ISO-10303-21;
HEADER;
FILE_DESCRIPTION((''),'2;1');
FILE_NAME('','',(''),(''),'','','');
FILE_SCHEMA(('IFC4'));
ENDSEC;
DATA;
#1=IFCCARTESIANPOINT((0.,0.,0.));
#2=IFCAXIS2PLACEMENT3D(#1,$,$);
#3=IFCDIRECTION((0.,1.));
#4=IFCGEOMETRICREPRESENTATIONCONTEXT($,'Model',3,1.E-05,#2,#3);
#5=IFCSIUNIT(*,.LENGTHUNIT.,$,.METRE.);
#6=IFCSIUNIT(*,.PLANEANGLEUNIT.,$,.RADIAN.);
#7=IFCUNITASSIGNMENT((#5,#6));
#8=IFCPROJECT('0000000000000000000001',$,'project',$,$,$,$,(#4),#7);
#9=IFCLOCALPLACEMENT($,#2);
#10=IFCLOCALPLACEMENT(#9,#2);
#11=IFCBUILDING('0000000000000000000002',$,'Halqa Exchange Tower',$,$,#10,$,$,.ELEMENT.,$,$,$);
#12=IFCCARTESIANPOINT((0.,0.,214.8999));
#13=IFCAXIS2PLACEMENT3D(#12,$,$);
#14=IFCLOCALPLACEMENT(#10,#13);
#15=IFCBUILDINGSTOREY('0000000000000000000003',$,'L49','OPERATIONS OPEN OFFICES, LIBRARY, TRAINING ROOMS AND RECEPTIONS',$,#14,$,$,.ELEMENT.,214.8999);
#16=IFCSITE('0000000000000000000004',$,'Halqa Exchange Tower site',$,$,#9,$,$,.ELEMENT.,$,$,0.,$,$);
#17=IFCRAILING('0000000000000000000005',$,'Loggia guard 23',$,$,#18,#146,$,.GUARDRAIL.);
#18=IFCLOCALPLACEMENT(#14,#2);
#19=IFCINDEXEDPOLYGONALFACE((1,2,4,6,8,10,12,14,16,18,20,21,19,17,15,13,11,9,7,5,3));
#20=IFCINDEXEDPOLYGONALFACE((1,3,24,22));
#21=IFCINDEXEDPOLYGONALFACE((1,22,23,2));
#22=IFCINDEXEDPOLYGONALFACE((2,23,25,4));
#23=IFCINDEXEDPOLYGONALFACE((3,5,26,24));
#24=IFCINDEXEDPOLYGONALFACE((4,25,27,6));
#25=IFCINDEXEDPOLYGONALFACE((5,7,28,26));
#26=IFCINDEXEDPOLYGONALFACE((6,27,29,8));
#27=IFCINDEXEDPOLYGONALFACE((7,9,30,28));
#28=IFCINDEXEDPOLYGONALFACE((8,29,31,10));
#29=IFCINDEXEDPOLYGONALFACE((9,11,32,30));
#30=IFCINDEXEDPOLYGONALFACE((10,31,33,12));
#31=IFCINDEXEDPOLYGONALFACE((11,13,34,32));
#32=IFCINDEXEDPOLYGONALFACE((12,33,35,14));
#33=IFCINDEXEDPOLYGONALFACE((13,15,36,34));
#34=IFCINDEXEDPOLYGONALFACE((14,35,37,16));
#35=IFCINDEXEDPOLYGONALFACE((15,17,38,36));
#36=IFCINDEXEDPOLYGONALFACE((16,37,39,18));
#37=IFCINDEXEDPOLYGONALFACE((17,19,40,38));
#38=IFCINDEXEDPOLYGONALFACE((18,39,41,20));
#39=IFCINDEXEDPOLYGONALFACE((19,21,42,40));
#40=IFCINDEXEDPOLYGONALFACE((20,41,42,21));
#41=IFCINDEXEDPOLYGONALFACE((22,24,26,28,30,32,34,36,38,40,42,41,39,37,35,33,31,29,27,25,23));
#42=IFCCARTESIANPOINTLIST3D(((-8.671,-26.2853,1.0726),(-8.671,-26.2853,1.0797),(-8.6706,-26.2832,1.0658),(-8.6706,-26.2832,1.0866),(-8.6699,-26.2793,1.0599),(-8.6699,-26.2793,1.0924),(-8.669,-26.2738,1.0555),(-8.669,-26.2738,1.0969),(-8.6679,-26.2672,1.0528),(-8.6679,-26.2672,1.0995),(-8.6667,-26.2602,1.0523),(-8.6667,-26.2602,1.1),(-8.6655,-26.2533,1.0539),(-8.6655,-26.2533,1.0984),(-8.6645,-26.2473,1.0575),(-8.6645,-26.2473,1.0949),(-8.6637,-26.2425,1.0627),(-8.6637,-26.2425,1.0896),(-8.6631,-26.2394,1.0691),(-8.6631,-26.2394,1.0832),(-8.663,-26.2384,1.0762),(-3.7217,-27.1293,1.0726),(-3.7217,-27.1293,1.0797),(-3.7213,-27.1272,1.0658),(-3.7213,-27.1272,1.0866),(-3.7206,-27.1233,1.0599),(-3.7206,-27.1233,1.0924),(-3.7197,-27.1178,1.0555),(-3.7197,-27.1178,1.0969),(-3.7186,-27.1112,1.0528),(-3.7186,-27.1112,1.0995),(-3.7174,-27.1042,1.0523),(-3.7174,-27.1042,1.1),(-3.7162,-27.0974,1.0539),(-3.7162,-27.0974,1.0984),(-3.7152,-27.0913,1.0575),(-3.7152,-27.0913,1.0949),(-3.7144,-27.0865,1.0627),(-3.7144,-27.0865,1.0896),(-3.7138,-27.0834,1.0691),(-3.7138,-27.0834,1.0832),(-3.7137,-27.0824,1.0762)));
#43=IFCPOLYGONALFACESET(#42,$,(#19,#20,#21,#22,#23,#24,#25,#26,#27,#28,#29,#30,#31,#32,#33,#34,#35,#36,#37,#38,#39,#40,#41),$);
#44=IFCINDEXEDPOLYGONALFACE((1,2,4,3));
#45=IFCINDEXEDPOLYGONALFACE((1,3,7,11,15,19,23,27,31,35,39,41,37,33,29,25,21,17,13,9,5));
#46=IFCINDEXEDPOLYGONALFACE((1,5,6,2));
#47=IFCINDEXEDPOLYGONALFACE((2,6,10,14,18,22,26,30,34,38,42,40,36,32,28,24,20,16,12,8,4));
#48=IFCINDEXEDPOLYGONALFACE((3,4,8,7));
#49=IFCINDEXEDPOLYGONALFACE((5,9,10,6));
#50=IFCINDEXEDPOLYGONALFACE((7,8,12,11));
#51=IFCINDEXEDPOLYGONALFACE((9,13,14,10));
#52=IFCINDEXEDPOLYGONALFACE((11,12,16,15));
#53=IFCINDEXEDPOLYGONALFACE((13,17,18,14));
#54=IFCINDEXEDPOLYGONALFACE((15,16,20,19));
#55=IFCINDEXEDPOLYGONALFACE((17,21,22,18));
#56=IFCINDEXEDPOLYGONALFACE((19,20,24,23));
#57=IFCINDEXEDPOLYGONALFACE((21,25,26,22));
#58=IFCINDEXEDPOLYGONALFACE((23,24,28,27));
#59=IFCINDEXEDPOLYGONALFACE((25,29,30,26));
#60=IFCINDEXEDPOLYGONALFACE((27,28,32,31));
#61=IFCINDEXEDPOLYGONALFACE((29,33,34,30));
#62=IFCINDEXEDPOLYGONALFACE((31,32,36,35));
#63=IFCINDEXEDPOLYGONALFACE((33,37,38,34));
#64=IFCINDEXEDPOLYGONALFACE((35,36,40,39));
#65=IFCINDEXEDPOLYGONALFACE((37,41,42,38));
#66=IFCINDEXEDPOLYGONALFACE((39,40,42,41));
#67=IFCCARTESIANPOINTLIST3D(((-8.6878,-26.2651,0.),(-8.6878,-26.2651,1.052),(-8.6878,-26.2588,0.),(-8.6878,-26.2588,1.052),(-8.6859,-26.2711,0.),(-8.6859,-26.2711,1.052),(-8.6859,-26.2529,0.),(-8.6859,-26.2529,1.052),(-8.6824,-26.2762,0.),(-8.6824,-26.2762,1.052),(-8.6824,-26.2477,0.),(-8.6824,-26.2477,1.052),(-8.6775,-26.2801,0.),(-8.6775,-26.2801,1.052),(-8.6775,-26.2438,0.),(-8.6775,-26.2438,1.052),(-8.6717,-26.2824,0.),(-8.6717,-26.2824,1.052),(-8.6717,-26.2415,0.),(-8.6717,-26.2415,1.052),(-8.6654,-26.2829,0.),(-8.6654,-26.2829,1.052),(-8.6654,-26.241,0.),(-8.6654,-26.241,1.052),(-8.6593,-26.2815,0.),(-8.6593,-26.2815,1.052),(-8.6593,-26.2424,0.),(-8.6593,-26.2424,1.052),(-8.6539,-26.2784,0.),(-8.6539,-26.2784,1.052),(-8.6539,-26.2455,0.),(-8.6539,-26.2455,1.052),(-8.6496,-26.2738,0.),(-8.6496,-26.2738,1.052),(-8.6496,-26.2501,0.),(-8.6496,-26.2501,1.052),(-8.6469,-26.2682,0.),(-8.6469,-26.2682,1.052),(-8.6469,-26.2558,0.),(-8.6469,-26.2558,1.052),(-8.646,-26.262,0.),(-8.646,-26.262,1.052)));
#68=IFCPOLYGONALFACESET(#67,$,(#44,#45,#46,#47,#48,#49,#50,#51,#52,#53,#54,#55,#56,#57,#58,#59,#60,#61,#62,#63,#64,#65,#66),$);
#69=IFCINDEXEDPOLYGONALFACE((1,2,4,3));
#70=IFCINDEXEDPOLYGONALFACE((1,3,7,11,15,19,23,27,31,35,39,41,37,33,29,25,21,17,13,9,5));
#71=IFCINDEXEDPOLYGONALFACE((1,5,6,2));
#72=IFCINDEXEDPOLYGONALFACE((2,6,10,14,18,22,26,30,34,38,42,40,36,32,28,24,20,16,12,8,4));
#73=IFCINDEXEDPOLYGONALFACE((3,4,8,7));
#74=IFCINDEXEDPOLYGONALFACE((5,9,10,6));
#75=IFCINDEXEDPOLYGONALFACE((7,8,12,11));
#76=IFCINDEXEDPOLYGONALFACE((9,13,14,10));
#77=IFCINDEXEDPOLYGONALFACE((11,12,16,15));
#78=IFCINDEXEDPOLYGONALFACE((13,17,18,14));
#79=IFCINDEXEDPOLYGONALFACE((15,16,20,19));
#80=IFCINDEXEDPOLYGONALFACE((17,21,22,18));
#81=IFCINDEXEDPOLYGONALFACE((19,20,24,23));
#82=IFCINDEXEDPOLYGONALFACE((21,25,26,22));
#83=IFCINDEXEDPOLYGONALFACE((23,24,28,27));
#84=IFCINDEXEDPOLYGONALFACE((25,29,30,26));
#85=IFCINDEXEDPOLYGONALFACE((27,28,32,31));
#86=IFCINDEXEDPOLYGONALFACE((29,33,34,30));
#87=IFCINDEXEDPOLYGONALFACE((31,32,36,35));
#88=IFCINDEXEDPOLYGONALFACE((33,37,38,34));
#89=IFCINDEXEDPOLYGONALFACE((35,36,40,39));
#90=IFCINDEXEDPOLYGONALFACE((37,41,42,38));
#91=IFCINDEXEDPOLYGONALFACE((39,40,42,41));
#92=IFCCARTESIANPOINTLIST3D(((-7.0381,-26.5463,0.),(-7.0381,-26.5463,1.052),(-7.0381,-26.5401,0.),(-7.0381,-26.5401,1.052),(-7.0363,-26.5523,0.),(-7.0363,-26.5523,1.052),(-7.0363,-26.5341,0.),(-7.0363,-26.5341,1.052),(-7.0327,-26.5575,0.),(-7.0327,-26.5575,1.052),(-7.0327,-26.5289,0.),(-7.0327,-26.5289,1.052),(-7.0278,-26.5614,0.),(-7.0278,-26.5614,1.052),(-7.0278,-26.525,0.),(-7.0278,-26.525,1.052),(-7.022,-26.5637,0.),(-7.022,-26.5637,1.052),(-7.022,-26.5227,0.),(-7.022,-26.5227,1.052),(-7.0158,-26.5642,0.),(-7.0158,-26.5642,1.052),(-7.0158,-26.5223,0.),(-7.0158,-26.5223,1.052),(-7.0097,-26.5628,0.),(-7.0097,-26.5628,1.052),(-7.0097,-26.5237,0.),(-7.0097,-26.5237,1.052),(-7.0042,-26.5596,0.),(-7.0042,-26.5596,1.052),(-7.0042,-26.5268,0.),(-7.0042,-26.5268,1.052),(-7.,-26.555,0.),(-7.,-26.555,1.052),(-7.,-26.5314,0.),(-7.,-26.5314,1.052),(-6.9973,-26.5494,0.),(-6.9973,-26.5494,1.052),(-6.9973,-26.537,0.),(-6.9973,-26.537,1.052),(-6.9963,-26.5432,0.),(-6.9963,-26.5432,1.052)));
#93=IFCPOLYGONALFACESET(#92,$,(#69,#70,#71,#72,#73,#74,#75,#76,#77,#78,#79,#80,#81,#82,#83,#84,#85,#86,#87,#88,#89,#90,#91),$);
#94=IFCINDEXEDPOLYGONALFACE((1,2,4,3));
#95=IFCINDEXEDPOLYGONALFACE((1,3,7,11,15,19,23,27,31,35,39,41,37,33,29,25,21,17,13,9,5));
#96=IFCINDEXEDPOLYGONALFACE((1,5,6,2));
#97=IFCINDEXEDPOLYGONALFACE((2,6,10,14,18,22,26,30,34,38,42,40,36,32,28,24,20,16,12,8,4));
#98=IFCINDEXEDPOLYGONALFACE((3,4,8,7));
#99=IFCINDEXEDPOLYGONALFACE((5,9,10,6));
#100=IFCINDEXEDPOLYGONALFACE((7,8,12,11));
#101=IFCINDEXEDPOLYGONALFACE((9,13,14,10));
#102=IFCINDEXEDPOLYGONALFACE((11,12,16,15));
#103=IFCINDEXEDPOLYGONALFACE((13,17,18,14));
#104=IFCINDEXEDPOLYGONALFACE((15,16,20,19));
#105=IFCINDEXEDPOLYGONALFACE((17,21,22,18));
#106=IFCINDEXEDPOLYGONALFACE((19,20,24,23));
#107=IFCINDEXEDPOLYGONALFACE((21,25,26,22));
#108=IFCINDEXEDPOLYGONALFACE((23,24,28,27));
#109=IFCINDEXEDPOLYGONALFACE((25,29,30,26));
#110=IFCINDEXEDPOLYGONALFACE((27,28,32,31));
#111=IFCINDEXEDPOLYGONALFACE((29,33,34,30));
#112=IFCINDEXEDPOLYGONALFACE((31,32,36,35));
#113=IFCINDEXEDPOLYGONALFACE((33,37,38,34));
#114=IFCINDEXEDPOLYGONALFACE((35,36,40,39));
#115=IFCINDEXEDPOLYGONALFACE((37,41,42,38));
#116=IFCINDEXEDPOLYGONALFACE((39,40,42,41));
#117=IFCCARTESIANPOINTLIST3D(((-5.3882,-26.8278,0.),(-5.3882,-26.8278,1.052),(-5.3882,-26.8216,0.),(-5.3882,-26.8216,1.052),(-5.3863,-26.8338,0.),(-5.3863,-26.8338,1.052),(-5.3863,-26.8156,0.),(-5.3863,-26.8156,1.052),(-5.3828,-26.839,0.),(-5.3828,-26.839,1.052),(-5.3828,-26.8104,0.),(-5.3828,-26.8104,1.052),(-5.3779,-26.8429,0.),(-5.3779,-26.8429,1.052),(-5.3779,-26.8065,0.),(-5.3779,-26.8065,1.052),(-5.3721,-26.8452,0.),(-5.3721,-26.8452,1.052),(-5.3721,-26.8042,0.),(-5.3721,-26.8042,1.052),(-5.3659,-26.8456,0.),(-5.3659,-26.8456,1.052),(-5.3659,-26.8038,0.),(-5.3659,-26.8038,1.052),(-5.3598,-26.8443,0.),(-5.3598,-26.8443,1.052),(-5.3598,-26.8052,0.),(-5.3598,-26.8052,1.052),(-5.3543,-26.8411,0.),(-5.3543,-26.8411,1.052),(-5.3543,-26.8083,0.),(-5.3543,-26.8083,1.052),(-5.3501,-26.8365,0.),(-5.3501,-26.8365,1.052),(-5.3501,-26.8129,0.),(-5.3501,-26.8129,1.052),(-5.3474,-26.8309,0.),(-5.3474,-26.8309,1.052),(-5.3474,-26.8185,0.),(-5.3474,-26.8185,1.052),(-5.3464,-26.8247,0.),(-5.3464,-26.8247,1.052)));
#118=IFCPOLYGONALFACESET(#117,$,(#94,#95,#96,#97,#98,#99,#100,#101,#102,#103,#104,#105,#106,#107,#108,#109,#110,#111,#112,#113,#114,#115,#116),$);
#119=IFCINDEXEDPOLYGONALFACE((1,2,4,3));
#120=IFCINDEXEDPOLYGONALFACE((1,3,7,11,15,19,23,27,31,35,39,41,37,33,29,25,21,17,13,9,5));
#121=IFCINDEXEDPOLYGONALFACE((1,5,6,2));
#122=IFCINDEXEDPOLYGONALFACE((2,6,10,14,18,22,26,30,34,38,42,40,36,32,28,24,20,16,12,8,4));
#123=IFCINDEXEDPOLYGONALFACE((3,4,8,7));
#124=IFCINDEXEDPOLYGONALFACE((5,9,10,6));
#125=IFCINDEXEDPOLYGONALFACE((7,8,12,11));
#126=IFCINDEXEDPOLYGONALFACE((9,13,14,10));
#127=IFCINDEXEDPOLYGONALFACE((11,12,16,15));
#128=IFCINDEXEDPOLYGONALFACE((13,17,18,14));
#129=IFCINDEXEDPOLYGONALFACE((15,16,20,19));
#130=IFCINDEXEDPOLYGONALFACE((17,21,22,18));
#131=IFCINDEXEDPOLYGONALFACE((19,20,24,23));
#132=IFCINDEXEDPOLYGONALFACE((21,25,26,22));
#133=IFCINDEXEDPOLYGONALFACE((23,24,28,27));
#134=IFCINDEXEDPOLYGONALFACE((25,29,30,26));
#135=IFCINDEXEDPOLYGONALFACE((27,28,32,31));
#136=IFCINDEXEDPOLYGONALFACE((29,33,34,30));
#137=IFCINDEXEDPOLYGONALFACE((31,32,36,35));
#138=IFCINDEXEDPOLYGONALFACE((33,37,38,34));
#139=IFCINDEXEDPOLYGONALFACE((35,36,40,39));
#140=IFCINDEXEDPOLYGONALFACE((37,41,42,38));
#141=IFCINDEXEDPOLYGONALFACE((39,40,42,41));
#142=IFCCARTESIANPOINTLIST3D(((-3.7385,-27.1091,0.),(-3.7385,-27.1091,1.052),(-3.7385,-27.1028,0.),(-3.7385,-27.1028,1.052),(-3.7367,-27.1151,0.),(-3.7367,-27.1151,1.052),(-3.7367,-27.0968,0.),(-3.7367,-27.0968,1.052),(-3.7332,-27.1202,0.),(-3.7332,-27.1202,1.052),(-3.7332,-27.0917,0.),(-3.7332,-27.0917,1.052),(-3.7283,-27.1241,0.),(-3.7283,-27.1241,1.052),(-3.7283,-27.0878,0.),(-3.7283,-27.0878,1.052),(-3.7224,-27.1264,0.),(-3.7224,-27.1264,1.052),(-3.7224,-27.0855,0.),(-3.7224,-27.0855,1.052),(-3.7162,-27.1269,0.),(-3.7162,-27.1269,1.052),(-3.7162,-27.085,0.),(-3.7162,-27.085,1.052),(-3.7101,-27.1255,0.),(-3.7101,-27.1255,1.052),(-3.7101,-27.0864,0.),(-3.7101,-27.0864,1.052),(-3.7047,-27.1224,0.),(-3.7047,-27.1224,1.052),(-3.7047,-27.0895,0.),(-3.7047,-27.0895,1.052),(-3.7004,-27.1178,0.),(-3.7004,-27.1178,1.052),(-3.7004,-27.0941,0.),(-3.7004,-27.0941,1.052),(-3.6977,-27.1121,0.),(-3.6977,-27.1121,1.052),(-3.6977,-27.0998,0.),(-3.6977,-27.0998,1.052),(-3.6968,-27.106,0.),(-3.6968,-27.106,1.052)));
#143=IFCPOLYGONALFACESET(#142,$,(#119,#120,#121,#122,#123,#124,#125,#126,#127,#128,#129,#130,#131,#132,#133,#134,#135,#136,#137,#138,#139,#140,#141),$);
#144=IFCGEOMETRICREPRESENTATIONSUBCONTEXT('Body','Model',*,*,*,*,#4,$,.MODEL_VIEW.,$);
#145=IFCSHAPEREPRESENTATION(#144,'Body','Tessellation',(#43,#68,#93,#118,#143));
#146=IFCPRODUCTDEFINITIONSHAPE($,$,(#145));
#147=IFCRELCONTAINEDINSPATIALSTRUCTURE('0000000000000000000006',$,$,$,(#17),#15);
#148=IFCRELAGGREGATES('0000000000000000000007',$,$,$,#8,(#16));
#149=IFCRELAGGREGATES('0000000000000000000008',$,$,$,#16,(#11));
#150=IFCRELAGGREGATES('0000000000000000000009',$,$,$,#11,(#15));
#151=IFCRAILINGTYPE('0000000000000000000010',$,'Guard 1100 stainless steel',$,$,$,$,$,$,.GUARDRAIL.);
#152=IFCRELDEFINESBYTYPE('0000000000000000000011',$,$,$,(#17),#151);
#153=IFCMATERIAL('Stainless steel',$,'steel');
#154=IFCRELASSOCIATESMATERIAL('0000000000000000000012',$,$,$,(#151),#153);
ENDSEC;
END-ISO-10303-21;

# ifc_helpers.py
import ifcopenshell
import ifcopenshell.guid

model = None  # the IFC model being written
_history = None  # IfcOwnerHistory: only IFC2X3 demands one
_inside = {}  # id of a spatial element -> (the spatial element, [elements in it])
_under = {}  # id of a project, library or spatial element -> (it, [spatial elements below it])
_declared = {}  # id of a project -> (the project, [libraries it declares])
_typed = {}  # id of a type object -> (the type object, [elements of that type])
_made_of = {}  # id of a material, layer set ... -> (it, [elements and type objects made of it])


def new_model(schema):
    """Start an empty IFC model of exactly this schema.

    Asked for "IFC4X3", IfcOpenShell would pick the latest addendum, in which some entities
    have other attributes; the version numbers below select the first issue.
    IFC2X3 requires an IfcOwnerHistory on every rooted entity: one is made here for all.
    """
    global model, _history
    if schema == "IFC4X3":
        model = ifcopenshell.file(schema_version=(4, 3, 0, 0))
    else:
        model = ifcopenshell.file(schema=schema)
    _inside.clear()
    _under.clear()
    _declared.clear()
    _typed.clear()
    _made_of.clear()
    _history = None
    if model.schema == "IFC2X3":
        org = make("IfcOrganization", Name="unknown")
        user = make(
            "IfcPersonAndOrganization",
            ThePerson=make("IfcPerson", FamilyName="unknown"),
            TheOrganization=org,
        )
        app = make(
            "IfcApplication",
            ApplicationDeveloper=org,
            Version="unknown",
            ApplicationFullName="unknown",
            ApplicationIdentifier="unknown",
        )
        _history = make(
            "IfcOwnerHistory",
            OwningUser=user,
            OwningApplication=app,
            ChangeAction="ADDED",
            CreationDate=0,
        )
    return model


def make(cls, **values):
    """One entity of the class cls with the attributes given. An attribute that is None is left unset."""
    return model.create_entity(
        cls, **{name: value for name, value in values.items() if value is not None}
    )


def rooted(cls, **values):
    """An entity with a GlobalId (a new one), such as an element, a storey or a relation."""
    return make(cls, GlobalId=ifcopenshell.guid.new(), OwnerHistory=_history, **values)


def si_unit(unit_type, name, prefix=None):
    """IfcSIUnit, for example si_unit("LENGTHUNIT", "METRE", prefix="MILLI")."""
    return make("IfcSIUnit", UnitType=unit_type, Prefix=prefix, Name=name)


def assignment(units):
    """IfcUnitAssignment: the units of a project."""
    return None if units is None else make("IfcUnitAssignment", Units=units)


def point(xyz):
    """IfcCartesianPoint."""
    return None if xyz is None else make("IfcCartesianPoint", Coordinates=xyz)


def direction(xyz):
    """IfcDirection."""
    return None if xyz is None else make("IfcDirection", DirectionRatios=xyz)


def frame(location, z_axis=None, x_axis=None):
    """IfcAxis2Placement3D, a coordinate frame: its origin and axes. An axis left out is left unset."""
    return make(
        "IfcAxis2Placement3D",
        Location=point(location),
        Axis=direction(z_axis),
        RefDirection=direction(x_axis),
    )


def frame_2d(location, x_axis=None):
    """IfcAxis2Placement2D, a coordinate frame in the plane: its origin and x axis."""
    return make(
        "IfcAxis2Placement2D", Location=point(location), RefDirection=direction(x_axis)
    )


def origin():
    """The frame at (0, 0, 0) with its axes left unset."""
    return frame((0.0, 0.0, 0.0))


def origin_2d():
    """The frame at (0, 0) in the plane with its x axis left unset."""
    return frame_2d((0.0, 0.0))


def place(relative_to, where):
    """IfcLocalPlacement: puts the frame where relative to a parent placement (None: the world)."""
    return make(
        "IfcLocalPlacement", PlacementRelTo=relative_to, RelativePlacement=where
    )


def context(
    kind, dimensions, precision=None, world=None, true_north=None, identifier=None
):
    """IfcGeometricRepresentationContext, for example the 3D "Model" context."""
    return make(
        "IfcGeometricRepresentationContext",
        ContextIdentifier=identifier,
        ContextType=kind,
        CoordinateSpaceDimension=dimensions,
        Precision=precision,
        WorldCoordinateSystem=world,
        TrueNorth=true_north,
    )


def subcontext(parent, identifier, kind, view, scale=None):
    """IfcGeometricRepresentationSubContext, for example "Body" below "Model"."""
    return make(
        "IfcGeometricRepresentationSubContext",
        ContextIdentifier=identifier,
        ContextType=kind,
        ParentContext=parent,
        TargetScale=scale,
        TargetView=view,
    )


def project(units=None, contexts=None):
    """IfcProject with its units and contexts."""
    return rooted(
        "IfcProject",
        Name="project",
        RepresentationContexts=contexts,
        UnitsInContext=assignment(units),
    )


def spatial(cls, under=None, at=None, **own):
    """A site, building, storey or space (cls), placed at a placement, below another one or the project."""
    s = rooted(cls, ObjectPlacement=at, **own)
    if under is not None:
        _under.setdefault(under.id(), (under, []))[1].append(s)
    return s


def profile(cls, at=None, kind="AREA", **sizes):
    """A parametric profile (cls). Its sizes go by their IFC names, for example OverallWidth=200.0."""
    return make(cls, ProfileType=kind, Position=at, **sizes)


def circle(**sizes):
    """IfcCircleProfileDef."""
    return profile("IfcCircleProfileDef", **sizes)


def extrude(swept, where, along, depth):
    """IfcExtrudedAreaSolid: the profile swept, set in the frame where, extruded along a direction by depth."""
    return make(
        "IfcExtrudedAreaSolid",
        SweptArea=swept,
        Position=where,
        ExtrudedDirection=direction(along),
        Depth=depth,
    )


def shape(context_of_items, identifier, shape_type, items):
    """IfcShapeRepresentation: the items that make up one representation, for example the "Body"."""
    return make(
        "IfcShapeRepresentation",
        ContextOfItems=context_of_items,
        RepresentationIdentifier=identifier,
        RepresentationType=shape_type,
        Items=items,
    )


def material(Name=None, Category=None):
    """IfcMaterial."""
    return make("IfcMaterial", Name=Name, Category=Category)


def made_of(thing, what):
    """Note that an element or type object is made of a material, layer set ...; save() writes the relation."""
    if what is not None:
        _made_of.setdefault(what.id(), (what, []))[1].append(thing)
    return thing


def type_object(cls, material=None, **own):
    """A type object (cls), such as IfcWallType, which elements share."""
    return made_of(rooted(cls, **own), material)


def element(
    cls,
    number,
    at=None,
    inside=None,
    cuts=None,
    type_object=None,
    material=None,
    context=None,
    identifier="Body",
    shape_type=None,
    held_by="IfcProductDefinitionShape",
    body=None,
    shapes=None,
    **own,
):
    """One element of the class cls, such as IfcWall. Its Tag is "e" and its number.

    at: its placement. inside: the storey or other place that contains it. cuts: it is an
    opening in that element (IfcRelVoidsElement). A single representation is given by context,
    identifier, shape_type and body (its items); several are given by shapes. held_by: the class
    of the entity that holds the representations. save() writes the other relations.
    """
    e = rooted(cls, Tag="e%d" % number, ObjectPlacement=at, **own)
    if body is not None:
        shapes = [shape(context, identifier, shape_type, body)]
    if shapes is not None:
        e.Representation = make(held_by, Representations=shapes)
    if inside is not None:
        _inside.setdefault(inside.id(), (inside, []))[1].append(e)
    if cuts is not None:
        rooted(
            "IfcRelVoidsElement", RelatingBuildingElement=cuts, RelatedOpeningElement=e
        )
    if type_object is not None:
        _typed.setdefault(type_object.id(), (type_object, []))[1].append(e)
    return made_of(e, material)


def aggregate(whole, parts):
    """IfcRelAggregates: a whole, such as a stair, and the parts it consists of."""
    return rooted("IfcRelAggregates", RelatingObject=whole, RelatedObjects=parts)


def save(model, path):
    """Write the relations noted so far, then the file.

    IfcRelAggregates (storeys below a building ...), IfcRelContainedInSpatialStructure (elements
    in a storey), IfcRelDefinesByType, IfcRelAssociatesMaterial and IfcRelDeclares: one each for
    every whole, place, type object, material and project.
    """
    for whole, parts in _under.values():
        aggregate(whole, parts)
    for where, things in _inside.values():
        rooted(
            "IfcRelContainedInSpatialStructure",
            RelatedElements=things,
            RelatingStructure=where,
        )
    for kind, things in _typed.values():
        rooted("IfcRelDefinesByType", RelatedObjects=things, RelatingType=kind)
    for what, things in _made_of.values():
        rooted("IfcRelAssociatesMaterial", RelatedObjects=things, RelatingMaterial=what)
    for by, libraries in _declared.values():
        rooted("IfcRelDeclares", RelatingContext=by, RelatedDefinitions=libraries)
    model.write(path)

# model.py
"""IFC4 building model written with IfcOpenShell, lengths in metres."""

from ifc_helpers import new_model, si_unit, direction, frame, origin, origin_2d, place, context, subcontext, project, spatial, circle, extrude, material, type_object, element, save


model = new_model("IFC4")

# Units and contexts
model_context = context("Model", 3, precision=1e-05, world=origin(), true_north=direction((0.0, 1.0)))
body_context = subcontext(model_context, "Body", "Model", "MODEL_VIEW")
ifc_project = project(units=[si_unit("LENGTHUNIT", "METRE"), si_unit("PLANEANGLEUNIT", "RADIAN")], contexts=[model_context])

# Site, building, storey
site_placement = place(None, origin())
site = spatial("IfcSite", under=ifc_project, at=site_placement, Name="Halqa Exchange Tower site", CompositionType="ELEMENT", RefElevation=0.0)
building_placement = place(site_placement, origin())
building = spatial("IfcBuilding", under=site, at=building_placement, Name="Halqa Exchange Tower", CompositionType="ELEMENT")
storey_placement = place(building_placement, frame((0.0, 0.0, 214.8999)))
storey = spatial("IfcBuildingStorey", under=building, at=storey_placement, Name="L49", Description="OPERATIONS OPEN OFFICES, LIBRARY, TRAINING ROOMS AND RECEPTIONS", CompositionType="ELEMENT", Elevation=214.8999)

# Railing
ifc_material_1 = material(Name="Stainless steel", Category="steel")
railing_type = type_object("IfcRailingType", Name="Guard 1100 stainless steel", PredefinedType="GUARDRAIL", material=ifc_material_1)
railing_1_placement = place(storey_placement, frame((-8.667, -26.262, 0.0)))
element("IfcRailing", 1, at=railing_1_placement, inside=storey, type_object=railing_type, Name="Loggia guard 23", PredefinedType="GUARDRAIL", context=body_context, shape_type="SweptSolid", body=[
    extrude(circle(Radius=0.0239, at=origin_2d()), frame((0.0, 0.0, 1.0762), z_axis=(0.985769, -0.168104, 0.0), x_axis=(0.168104, 0.985769, 0.0)), (0.0, 0.0, 1.0), 5.0208),
    extrude(circle(Radius=0.021, at=origin_2d()), origin(), (0.0, 0.0, 1.0), 1.052),
    extrude(circle(Radius=0.021, at=origin_2d()), frame((1.6497, -0.2812, 0.0)), (0.0, 0.0, 1.0), 1.052),
    extrude(circle(Radius=0.021, at=origin_2d()), frame((3.2996, -0.5627, 0.0)), (0.0, 0.0, 1.0), 1.052),
    extrude(circle(Radius=0.021, at=origin_2d()), frame((4.9492, -0.844, 0.0)), (0.0, 0.0, 1.0), 1.052),
])

save(model, "model.ifc")
